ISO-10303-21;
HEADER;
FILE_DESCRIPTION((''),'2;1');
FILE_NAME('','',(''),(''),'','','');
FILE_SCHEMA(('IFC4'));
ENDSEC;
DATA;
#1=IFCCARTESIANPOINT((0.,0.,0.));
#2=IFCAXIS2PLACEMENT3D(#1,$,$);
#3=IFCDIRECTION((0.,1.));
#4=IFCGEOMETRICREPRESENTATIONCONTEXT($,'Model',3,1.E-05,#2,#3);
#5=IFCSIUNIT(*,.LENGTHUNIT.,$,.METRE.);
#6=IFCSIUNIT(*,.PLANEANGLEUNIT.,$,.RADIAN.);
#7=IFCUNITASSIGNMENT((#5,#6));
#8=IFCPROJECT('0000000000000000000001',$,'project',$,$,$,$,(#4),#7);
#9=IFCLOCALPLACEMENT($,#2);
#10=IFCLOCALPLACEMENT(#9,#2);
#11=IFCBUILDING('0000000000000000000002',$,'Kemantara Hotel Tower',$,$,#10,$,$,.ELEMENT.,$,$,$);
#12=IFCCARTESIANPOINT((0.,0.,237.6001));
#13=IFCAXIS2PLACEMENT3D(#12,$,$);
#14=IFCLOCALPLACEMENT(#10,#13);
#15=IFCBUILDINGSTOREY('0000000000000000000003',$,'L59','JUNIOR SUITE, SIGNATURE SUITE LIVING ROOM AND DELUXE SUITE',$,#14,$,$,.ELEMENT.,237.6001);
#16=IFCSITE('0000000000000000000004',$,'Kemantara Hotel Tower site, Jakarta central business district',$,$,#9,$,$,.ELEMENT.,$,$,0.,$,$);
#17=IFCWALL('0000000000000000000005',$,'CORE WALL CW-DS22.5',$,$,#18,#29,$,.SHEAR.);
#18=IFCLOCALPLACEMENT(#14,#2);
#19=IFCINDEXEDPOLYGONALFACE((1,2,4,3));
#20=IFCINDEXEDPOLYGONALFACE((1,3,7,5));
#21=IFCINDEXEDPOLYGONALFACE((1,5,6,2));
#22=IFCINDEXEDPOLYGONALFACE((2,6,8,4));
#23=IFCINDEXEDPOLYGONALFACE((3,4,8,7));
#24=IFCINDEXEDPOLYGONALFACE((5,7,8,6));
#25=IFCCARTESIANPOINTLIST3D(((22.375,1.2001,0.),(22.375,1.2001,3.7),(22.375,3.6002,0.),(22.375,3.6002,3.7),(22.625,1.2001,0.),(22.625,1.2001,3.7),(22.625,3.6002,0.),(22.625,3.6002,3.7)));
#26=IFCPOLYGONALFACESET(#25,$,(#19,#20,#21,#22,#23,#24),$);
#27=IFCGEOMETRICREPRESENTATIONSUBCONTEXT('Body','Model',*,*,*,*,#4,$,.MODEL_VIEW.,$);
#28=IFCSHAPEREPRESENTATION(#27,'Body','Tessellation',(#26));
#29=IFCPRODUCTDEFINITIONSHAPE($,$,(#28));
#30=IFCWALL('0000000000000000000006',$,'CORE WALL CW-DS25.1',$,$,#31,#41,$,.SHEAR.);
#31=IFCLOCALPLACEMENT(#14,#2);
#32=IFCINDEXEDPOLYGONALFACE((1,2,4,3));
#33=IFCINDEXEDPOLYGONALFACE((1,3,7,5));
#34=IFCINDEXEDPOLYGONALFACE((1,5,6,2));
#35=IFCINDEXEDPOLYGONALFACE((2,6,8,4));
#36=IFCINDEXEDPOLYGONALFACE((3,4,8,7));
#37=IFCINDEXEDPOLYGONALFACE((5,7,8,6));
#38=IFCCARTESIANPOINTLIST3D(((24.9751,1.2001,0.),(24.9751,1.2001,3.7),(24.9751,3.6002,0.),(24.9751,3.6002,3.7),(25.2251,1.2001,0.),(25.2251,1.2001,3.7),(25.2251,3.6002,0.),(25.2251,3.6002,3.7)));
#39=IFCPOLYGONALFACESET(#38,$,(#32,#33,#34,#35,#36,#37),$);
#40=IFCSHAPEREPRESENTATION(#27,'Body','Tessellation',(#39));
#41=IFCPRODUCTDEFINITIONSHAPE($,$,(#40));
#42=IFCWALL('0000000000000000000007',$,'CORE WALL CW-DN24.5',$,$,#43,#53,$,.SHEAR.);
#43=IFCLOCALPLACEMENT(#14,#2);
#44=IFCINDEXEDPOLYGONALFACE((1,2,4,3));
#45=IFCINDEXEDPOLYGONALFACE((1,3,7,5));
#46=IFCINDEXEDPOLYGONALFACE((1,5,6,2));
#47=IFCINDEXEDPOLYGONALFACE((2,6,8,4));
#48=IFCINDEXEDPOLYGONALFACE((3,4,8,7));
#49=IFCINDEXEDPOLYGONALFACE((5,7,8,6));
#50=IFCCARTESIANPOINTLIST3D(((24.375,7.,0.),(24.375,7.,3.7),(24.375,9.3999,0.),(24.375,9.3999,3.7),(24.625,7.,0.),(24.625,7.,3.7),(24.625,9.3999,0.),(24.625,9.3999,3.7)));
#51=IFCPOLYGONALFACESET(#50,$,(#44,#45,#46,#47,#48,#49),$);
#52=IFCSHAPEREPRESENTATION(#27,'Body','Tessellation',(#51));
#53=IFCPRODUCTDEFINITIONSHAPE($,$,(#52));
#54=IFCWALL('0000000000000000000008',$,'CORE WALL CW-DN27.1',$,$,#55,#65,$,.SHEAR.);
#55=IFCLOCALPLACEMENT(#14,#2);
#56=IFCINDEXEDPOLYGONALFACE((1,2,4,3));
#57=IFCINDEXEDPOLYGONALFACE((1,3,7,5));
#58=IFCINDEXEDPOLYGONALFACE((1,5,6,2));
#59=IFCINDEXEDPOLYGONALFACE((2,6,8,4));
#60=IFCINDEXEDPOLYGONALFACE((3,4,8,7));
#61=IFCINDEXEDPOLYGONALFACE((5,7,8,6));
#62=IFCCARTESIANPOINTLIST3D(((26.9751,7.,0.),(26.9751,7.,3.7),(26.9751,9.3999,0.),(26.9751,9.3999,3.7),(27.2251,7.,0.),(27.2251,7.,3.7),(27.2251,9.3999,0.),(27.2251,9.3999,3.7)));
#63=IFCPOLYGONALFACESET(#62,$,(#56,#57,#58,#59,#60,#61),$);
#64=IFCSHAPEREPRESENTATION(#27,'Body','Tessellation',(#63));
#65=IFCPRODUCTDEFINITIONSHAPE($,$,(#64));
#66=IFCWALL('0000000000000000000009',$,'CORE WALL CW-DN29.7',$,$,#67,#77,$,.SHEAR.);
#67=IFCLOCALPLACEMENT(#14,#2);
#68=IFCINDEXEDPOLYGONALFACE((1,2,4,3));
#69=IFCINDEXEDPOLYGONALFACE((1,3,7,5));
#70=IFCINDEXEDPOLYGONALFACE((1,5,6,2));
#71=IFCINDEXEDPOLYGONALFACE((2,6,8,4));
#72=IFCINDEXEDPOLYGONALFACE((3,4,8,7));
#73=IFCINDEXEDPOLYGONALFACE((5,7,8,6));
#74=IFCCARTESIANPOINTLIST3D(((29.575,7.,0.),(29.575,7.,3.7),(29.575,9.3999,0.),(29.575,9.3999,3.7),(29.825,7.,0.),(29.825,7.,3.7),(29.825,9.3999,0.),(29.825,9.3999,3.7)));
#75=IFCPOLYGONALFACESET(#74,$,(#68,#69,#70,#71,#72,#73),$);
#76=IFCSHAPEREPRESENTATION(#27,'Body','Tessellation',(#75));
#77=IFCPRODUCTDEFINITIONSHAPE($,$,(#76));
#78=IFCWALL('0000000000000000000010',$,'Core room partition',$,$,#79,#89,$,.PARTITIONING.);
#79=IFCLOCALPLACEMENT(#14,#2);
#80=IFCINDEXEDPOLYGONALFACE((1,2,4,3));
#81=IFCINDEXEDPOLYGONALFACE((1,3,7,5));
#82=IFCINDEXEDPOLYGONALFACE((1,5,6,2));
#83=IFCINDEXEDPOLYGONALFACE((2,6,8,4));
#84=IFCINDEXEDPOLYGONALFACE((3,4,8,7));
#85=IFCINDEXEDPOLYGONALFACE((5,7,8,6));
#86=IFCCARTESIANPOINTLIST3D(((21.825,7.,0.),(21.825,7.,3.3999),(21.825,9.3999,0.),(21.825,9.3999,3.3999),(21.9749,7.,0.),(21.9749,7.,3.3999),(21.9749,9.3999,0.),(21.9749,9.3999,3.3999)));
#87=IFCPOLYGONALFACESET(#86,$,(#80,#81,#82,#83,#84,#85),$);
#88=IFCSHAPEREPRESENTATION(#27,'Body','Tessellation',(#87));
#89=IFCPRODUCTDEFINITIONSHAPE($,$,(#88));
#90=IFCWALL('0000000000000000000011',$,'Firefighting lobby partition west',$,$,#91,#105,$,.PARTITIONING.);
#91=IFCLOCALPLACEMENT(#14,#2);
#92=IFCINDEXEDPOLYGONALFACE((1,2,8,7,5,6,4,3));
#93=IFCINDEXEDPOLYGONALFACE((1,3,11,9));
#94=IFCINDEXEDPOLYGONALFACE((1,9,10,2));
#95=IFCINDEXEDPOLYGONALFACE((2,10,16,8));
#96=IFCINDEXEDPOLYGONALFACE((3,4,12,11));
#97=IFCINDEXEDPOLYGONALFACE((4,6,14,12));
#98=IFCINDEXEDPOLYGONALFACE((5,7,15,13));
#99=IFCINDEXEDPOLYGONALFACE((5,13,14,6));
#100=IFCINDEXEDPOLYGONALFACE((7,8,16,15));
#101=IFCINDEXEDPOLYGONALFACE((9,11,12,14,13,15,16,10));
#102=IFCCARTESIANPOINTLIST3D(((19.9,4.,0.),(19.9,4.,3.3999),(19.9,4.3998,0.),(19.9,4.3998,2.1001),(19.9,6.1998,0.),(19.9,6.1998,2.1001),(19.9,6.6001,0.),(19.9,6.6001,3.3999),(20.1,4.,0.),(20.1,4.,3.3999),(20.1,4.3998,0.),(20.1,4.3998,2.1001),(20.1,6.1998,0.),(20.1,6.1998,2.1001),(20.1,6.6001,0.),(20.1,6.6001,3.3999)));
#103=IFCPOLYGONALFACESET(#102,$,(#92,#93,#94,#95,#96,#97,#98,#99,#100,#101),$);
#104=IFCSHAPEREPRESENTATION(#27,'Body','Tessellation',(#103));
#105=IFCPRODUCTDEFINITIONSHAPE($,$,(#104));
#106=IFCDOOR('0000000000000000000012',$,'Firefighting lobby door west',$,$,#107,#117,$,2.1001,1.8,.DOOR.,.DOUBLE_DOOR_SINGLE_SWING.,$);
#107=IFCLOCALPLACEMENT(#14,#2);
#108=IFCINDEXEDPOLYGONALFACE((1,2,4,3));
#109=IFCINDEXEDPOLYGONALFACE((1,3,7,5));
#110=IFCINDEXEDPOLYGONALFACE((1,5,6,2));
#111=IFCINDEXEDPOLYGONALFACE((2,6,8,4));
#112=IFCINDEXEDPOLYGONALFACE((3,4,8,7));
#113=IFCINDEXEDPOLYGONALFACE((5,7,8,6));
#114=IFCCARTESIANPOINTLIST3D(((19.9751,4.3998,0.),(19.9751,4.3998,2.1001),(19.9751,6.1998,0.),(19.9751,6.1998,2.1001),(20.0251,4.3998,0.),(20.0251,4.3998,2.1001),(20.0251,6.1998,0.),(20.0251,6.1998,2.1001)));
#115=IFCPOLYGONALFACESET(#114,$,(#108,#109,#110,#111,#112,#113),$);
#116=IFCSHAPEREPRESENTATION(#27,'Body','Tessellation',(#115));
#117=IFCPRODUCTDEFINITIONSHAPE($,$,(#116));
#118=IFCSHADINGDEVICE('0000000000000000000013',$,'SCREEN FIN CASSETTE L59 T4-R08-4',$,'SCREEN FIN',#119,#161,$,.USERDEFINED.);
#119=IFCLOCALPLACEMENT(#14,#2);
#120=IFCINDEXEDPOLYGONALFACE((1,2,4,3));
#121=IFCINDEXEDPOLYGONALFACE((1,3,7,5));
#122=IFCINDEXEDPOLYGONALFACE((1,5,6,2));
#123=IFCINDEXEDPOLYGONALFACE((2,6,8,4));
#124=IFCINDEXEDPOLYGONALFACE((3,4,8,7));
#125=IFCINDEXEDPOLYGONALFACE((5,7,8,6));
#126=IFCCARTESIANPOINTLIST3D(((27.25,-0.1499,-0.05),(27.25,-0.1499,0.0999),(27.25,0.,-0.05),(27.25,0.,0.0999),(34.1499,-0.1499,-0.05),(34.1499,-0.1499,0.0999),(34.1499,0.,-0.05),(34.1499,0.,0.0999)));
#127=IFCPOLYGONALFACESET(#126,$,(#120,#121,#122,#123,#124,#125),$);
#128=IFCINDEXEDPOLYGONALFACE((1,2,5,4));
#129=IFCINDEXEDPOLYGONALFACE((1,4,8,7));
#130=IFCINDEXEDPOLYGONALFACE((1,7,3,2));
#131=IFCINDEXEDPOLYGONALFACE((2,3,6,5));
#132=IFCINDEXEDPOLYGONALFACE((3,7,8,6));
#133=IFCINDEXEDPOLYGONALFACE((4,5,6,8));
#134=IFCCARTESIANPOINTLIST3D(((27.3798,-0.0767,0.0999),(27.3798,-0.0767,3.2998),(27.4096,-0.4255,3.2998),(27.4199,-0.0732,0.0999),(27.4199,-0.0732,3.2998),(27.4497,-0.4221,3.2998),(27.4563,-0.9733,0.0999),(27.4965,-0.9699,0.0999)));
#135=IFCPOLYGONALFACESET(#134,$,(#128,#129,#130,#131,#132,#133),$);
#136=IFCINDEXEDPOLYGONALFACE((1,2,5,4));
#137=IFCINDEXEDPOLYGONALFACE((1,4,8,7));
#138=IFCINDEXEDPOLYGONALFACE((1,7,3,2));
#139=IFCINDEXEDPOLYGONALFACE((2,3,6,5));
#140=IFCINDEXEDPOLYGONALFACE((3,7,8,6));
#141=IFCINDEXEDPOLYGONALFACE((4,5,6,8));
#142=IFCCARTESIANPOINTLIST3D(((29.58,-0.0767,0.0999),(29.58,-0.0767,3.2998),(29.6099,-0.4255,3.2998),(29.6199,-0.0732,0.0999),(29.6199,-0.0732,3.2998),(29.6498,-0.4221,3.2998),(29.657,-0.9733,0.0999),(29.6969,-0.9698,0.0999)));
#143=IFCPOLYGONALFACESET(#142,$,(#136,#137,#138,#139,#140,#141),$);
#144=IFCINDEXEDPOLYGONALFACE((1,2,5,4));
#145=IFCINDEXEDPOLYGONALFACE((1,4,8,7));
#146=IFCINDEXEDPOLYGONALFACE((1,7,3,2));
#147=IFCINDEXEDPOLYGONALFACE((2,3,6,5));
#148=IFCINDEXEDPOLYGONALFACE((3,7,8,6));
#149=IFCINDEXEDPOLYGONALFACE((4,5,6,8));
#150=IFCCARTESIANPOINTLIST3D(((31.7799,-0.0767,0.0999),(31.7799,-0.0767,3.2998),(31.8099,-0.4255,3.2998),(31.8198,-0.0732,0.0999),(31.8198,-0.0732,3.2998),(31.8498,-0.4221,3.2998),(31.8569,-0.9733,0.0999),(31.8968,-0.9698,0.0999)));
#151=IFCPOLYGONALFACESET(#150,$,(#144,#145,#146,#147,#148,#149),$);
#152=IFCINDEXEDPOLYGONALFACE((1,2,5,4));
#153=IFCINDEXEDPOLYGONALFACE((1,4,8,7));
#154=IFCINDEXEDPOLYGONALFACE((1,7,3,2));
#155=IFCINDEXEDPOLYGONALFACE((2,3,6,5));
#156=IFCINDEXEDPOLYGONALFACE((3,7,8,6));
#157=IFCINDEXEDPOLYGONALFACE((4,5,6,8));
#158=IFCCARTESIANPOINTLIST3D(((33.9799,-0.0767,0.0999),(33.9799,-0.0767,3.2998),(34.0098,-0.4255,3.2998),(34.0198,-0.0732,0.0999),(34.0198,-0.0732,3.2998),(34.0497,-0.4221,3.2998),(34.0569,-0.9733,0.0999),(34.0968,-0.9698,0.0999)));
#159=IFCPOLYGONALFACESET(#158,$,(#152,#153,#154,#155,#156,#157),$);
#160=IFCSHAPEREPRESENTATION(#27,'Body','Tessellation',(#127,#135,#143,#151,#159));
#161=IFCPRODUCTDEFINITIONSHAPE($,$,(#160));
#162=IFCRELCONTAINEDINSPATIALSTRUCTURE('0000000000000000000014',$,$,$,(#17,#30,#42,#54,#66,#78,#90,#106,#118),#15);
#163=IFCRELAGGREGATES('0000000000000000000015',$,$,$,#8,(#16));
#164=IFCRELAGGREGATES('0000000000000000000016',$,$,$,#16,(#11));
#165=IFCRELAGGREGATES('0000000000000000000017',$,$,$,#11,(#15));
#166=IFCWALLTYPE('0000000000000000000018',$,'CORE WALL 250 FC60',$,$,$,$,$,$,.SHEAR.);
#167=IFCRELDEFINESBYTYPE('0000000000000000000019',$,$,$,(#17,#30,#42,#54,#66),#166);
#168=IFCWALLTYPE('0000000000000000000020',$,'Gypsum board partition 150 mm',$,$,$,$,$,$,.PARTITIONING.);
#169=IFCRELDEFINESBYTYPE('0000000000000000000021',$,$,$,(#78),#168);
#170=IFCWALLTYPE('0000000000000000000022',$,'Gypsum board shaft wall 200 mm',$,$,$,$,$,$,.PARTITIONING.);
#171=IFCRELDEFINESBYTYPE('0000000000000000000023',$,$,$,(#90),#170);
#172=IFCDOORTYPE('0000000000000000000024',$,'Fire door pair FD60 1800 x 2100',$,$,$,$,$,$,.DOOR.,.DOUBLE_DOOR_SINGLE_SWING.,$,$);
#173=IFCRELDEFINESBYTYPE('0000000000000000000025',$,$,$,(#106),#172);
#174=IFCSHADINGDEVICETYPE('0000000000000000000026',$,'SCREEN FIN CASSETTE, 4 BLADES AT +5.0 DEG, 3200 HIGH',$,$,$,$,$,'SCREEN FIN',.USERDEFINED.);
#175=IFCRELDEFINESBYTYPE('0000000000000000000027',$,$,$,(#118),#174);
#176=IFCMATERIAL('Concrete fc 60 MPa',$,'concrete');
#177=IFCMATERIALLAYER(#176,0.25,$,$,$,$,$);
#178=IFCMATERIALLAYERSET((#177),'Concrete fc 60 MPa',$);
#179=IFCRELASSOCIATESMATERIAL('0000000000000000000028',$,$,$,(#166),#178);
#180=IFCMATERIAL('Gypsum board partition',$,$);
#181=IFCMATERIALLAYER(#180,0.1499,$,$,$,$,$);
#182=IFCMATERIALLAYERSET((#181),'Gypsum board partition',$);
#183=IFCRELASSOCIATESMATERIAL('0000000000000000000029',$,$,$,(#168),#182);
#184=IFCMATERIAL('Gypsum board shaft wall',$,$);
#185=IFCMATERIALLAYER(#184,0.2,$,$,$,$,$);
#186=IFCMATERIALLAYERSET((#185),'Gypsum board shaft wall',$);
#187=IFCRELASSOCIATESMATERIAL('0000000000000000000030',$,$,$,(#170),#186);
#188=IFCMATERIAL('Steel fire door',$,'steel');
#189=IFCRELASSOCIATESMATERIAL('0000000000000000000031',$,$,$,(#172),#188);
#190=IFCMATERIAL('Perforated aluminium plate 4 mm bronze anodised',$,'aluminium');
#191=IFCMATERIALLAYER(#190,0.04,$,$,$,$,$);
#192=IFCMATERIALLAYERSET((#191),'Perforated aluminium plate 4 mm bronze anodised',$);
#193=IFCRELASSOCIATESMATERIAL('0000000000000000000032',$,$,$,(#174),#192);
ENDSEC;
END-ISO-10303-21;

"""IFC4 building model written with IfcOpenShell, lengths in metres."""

from ifc_helpers import new_model, si_unit, direction, frame, frame_2d, origin, origin_2d, place, context, subcontext, project, spatial, polyline, rectangle, outline, extrude, source, transform, mapped, material, layer, layer_set, type_object, element, fill, save


model = new_model("IFC4")

# Units and contexts
model_context = context("Model", 3, precision=1e-05, world=origin(), true_north=direction((0.0, 1.0)))
body_context = subcontext(model_context, "Body", "Model", "MODEL_VIEW")
ifc_project = project(units=[si_unit("LENGTHUNIT", "METRE"), si_unit("PLANEANGLEUNIT", "RADIAN")], contexts=[model_context])

# Site, building, storey
site_placement = place(None, origin())
site = spatial("IfcSite", under=ifc_project, at=site_placement, Name="Kemantara Hotel Tower site, Jakarta central business district", CompositionType="ELEMENT", RefElevation=0.0)
building_placement = place(site_placement, origin())
building = spatial("IfcBuilding", under=site, at=building_placement, Name="Kemantara Hotel Tower", CompositionType="ELEMENT")
storey_placement = place(building_placement, frame((0.0, 0.0, 237.6001)))
storey = spatial("IfcBuildingStorey", under=building, at=storey_placement, Name="L59", Description="JUNIOR SUITE, SIGNATURE SUITE LIVING ROOM AND DELUXE SUITE", CompositionType="ELEMENT", Elevation=237.6001)

# Walls
ifc_material_1 = material(Name="Concrete fc 60 MPa", Category="concrete")
ifc_layer_1 = layer(ifc_material_1, 0.25)
ifc_layer_set_1 = layer_set([ifc_layer_1], Name="Concrete fc 60 MPa")
wall_type_1 = type_object("IfcWallType", Name="CORE WALL 250 FC60", PredefinedType="SHEAR", material=ifc_layer_set_1)
for number, where, z_axis, x_axis, name in (
    (1, (22.5, 1.2, 0.0), (0.0, 0.0, 1.0), (0.0, 1.0, 0.0), "CORE WALL CW-DS22.5"),
    (2, (25.1001, 1.2, 0.0), (0.0, 0.0, 1.0), (0.0, 1.0, 0.0), "CORE WALL CW-DS25.1"),
):
    element("IfcWall", number, at=place(storey_placement, frame(where, z_axis=z_axis, x_axis=x_axis)), inside=storey, type_object=wall_type_1, Name=name, PredefinedType="SHEAR", context=body_context, shape_type="SweptSolid", body=[
        extrude(rectangle(XDim=2.4001, YDim=0.25, at=frame_2d((1.2002, 0.0))), origin(), (0.0, 0.0, 1.0), 3.7),
    ])
for number, where, z_axis, x_axis, name in (
    (3, (24.5, 7.0, 0.0), (0.0, 0.0, 1.0), (0.0, 1.0, 0.0), "CORE WALL CW-DN24.5"),
    (4, (27.1001, 7.0, 0.0), (0.0, 0.0, 1.0), (0.0, 1.0, 0.0), "CORE WALL CW-DN27.1"),
    (5, (29.7, 7.0, 0.0), (0.0, 0.0, 1.0), (0.0, 1.0, 0.0), "CORE WALL CW-DN29.7"),
):
    element("IfcWall", number, at=place(storey_placement, frame(where, z_axis=z_axis, x_axis=x_axis)), inside=storey, type_object=wall_type_1, Name=name, PredefinedType="SHEAR", context=body_context, shape_type="SweptSolid", body=[
        extrude(rectangle(XDim=2.3999, YDim=0.25, at=frame_2d((1.2, 0.0))), origin(), (0.0, 0.0, 1.0), 3.7),
    ])
ifc_material_2 = material(Name="Gypsum board partition")
ifc_layer_2 = layer(ifc_material_2, 0.1499)
ifc_layer_set_2 = layer_set([ifc_layer_2], Name="Gypsum board partition")
wall_type_2 = type_object("IfcWallType", Name="Gypsum board partition 150 mm", PredefinedType="PARTITIONING", material=ifc_layer_set_2)
wall_1_placement = place(storey_placement, frame((21.8999, 7.0, 0.0), z_axis=(0.0, 0.0, 1.0), x_axis=(0.0, 1.0, 0.0)))
element("IfcWall", 6, at=wall_1_placement, inside=storey, type_object=wall_type_2, Name="Core room partition", PredefinedType="PARTITIONING", context=body_context, shape_type="SweptSolid", body=[
    extrude(rectangle(XDim=2.3999, YDim=0.1499, at=frame_2d((1.2, 0.0))), origin(), (0.0, 0.0, 1.0), 3.3999),
])

# Wall, opening, door
ifc_material_3 = material(Name="Gypsum board shaft wall")
ifc_layer_3 = layer(ifc_material_3, 0.2)
ifc_layer_set_3 = layer_set([ifc_layer_3], Name="Gypsum board shaft wall")
wall_type_3 = type_object("IfcWallType", Name="Gypsum board shaft wall 200 mm", PredefinedType="PARTITIONING", material=ifc_layer_set_3)
wall_2_placement = place(storey_placement, frame((20.0, 4.0, 0.0), z_axis=(0.0, 0.0, 1.0), x_axis=(0.0, 1.0, 0.0)))
wall_2 = element("IfcWall", 7, at=wall_2_placement, inside=storey, type_object=wall_type_3, Name="Firefighting lobby partition west", PredefinedType="PARTITIONING", context=body_context, shape_type="SweptSolid", body=[
    extrude(rectangle(XDim=2.6001, YDim=0.2, at=frame_2d((1.3, 0.0))), origin(), (0.0, 0.0, 1.0), 3.3999),
])
opening_placement = place(wall_2_placement, frame((0.3999, 0.0, 0.0)))
opening = element("IfcOpeningElement", 8, at=opening_placement, cuts=wall_2, PredefinedType="OPENING", context=body_context, shape_type="SweptSolid", body=[
    extrude(rectangle(XDim=1.8, YDim=2.1001, at=frame_2d((0.8999, 1.05))), frame((0.0, 0.1099, 0.0), z_axis=(0.0, -1.0, 0.0), x_axis=(1.0, 0.0, 0.0)), (0.0, 0.0, 1.0), 0.22),
])
ifc_material_4 = material(Name="Steel fire door", Category="steel")
door_type = type_object("IfcDoorType", Name="Fire door pair FD60 1800 x 2100", OperationType="DOUBLE_DOOR_SINGLE_SWING", PredefinedType="DOOR", material=ifc_material_4)
door_placement = place(opening_placement, origin())
door = element("IfcDoor", 9, at=door_placement, inside=storey, type_object=door_type, Name="Firefighting lobby door west", OperationType="DOUBLE_DOOR_SINGLE_SWING", OverallHeight=2.1001, OverallWidth=1.8, PredefinedType="DOOR", context=body_context, shape_type="SweptSolid", body=[
    extrude(rectangle(XDim=1.8, YDim=2.1001, at=frame_2d((0.8999, 1.05))), frame((0.0, 0.0249, 0.0), z_axis=(0.0, -1.0, 0.0), x_axis=(1.0, 0.0, 0.0)), (0.0, 0.0, 1.0), 0.05),
])
fill(opening, door)

# Shading device
ifc_material_5 = material(Name="Perforated aluminium plate 4 mm bronze anodised", Category="aluminium")
ifc_layer_4 = layer(ifc_material_5, 0.04)
ifc_layer_set_4 = layer_set([ifc_layer_4], Name="Perforated aluminium plate 4 mm bronze anodised")
shading_device_type = type_object("IfcShadingDeviceType", Name="SCREEN FIN CASSETTE, 4 BLADES AT +5.0 DEG, 3200 HIGH", ElementType="SCREEN FIN", PredefinedType="USERDEFINED", material=ifc_layer_set_4)
shared_shape = source(origin(), body_context, "Body", "SweptSolid", [
    extrude(rectangle(XDim=6.8999, YDim=0.1499, at=origin_2d()), frame((3.3, -0.075, -0.1499), z_axis=(0.0, 0.0, 1.0), x_axis=(1.0, 0.0, 0.0)), (0.0, 0.0, 1.0), 0.1499),
    extrude(outline(polyline([(0.0, 0.0), (0.8999, 0.0), (0.3501, 3.2), (0.0, 3.2), (0.0, 0.0)])), frame((0.02, -0.0732, 0.0), z_axis=(-0.996376, -0.085056, 0.0), x_axis=(0.085056, -0.996376, 0.0)), (0.0, 0.0, 1.0), 0.0403),
    extrude(outline(polyline([(0.0, 0.0), (0.8999, 0.0), (0.3501, 3.2), (0.0, 3.2), (0.0, 0.0)])), frame((2.22, -0.0732, 0.0), z_axis=(-0.996332, -0.085575, 0.0), x_axis=(0.085575, -0.996332, 0.0)), (0.0, 0.0, 1.0), 0.04),
    extrude(outline(polyline([(0.0, 0.0), (0.8999, 0.0), (0.3501, 3.2), (0.0, 3.2), (0.0, 0.0)])), frame((4.4199, -0.0732, 0.0), z_axis=(-0.996332, -0.085575, 0.0), x_axis=(0.085575, -0.996332, 0.0)), (0.0, 0.0, 1.0), 0.04),
    extrude(outline(polyline([(0.0, 0.0), (0.8999, 0.0), (0.3501, 3.2), (0.0, 3.2), (0.0, 0.0)])), frame((6.6199, -0.0732, 0.0), z_axis=(-0.996332, -0.085575, 0.0), x_axis=(0.085575, -0.996332, 0.0)), (0.0, 0.0, 1.0), 0.04),
])
shading_device_placement = place(storey_placement, frame((27.3999, 0.0, 0.0999), z_axis=(0.0, 0.0, 1.0), x_axis=(1.0, 0.0, 0.0)))
element("IfcShadingDevice", 10, at=shading_device_placement, inside=storey, type_object=shading_device_type, Name="SCREEN FIN CASSETTE L59 T4-R08-4", ObjectType="SCREEN FIN", PredefinedType="USERDEFINED", context=body_context, shape_type="MappedRepresentation", body=[
    mapped(shared_shape, transform((0.0, 0.0, 0.0))),
])

save(model, "model.ifc")
